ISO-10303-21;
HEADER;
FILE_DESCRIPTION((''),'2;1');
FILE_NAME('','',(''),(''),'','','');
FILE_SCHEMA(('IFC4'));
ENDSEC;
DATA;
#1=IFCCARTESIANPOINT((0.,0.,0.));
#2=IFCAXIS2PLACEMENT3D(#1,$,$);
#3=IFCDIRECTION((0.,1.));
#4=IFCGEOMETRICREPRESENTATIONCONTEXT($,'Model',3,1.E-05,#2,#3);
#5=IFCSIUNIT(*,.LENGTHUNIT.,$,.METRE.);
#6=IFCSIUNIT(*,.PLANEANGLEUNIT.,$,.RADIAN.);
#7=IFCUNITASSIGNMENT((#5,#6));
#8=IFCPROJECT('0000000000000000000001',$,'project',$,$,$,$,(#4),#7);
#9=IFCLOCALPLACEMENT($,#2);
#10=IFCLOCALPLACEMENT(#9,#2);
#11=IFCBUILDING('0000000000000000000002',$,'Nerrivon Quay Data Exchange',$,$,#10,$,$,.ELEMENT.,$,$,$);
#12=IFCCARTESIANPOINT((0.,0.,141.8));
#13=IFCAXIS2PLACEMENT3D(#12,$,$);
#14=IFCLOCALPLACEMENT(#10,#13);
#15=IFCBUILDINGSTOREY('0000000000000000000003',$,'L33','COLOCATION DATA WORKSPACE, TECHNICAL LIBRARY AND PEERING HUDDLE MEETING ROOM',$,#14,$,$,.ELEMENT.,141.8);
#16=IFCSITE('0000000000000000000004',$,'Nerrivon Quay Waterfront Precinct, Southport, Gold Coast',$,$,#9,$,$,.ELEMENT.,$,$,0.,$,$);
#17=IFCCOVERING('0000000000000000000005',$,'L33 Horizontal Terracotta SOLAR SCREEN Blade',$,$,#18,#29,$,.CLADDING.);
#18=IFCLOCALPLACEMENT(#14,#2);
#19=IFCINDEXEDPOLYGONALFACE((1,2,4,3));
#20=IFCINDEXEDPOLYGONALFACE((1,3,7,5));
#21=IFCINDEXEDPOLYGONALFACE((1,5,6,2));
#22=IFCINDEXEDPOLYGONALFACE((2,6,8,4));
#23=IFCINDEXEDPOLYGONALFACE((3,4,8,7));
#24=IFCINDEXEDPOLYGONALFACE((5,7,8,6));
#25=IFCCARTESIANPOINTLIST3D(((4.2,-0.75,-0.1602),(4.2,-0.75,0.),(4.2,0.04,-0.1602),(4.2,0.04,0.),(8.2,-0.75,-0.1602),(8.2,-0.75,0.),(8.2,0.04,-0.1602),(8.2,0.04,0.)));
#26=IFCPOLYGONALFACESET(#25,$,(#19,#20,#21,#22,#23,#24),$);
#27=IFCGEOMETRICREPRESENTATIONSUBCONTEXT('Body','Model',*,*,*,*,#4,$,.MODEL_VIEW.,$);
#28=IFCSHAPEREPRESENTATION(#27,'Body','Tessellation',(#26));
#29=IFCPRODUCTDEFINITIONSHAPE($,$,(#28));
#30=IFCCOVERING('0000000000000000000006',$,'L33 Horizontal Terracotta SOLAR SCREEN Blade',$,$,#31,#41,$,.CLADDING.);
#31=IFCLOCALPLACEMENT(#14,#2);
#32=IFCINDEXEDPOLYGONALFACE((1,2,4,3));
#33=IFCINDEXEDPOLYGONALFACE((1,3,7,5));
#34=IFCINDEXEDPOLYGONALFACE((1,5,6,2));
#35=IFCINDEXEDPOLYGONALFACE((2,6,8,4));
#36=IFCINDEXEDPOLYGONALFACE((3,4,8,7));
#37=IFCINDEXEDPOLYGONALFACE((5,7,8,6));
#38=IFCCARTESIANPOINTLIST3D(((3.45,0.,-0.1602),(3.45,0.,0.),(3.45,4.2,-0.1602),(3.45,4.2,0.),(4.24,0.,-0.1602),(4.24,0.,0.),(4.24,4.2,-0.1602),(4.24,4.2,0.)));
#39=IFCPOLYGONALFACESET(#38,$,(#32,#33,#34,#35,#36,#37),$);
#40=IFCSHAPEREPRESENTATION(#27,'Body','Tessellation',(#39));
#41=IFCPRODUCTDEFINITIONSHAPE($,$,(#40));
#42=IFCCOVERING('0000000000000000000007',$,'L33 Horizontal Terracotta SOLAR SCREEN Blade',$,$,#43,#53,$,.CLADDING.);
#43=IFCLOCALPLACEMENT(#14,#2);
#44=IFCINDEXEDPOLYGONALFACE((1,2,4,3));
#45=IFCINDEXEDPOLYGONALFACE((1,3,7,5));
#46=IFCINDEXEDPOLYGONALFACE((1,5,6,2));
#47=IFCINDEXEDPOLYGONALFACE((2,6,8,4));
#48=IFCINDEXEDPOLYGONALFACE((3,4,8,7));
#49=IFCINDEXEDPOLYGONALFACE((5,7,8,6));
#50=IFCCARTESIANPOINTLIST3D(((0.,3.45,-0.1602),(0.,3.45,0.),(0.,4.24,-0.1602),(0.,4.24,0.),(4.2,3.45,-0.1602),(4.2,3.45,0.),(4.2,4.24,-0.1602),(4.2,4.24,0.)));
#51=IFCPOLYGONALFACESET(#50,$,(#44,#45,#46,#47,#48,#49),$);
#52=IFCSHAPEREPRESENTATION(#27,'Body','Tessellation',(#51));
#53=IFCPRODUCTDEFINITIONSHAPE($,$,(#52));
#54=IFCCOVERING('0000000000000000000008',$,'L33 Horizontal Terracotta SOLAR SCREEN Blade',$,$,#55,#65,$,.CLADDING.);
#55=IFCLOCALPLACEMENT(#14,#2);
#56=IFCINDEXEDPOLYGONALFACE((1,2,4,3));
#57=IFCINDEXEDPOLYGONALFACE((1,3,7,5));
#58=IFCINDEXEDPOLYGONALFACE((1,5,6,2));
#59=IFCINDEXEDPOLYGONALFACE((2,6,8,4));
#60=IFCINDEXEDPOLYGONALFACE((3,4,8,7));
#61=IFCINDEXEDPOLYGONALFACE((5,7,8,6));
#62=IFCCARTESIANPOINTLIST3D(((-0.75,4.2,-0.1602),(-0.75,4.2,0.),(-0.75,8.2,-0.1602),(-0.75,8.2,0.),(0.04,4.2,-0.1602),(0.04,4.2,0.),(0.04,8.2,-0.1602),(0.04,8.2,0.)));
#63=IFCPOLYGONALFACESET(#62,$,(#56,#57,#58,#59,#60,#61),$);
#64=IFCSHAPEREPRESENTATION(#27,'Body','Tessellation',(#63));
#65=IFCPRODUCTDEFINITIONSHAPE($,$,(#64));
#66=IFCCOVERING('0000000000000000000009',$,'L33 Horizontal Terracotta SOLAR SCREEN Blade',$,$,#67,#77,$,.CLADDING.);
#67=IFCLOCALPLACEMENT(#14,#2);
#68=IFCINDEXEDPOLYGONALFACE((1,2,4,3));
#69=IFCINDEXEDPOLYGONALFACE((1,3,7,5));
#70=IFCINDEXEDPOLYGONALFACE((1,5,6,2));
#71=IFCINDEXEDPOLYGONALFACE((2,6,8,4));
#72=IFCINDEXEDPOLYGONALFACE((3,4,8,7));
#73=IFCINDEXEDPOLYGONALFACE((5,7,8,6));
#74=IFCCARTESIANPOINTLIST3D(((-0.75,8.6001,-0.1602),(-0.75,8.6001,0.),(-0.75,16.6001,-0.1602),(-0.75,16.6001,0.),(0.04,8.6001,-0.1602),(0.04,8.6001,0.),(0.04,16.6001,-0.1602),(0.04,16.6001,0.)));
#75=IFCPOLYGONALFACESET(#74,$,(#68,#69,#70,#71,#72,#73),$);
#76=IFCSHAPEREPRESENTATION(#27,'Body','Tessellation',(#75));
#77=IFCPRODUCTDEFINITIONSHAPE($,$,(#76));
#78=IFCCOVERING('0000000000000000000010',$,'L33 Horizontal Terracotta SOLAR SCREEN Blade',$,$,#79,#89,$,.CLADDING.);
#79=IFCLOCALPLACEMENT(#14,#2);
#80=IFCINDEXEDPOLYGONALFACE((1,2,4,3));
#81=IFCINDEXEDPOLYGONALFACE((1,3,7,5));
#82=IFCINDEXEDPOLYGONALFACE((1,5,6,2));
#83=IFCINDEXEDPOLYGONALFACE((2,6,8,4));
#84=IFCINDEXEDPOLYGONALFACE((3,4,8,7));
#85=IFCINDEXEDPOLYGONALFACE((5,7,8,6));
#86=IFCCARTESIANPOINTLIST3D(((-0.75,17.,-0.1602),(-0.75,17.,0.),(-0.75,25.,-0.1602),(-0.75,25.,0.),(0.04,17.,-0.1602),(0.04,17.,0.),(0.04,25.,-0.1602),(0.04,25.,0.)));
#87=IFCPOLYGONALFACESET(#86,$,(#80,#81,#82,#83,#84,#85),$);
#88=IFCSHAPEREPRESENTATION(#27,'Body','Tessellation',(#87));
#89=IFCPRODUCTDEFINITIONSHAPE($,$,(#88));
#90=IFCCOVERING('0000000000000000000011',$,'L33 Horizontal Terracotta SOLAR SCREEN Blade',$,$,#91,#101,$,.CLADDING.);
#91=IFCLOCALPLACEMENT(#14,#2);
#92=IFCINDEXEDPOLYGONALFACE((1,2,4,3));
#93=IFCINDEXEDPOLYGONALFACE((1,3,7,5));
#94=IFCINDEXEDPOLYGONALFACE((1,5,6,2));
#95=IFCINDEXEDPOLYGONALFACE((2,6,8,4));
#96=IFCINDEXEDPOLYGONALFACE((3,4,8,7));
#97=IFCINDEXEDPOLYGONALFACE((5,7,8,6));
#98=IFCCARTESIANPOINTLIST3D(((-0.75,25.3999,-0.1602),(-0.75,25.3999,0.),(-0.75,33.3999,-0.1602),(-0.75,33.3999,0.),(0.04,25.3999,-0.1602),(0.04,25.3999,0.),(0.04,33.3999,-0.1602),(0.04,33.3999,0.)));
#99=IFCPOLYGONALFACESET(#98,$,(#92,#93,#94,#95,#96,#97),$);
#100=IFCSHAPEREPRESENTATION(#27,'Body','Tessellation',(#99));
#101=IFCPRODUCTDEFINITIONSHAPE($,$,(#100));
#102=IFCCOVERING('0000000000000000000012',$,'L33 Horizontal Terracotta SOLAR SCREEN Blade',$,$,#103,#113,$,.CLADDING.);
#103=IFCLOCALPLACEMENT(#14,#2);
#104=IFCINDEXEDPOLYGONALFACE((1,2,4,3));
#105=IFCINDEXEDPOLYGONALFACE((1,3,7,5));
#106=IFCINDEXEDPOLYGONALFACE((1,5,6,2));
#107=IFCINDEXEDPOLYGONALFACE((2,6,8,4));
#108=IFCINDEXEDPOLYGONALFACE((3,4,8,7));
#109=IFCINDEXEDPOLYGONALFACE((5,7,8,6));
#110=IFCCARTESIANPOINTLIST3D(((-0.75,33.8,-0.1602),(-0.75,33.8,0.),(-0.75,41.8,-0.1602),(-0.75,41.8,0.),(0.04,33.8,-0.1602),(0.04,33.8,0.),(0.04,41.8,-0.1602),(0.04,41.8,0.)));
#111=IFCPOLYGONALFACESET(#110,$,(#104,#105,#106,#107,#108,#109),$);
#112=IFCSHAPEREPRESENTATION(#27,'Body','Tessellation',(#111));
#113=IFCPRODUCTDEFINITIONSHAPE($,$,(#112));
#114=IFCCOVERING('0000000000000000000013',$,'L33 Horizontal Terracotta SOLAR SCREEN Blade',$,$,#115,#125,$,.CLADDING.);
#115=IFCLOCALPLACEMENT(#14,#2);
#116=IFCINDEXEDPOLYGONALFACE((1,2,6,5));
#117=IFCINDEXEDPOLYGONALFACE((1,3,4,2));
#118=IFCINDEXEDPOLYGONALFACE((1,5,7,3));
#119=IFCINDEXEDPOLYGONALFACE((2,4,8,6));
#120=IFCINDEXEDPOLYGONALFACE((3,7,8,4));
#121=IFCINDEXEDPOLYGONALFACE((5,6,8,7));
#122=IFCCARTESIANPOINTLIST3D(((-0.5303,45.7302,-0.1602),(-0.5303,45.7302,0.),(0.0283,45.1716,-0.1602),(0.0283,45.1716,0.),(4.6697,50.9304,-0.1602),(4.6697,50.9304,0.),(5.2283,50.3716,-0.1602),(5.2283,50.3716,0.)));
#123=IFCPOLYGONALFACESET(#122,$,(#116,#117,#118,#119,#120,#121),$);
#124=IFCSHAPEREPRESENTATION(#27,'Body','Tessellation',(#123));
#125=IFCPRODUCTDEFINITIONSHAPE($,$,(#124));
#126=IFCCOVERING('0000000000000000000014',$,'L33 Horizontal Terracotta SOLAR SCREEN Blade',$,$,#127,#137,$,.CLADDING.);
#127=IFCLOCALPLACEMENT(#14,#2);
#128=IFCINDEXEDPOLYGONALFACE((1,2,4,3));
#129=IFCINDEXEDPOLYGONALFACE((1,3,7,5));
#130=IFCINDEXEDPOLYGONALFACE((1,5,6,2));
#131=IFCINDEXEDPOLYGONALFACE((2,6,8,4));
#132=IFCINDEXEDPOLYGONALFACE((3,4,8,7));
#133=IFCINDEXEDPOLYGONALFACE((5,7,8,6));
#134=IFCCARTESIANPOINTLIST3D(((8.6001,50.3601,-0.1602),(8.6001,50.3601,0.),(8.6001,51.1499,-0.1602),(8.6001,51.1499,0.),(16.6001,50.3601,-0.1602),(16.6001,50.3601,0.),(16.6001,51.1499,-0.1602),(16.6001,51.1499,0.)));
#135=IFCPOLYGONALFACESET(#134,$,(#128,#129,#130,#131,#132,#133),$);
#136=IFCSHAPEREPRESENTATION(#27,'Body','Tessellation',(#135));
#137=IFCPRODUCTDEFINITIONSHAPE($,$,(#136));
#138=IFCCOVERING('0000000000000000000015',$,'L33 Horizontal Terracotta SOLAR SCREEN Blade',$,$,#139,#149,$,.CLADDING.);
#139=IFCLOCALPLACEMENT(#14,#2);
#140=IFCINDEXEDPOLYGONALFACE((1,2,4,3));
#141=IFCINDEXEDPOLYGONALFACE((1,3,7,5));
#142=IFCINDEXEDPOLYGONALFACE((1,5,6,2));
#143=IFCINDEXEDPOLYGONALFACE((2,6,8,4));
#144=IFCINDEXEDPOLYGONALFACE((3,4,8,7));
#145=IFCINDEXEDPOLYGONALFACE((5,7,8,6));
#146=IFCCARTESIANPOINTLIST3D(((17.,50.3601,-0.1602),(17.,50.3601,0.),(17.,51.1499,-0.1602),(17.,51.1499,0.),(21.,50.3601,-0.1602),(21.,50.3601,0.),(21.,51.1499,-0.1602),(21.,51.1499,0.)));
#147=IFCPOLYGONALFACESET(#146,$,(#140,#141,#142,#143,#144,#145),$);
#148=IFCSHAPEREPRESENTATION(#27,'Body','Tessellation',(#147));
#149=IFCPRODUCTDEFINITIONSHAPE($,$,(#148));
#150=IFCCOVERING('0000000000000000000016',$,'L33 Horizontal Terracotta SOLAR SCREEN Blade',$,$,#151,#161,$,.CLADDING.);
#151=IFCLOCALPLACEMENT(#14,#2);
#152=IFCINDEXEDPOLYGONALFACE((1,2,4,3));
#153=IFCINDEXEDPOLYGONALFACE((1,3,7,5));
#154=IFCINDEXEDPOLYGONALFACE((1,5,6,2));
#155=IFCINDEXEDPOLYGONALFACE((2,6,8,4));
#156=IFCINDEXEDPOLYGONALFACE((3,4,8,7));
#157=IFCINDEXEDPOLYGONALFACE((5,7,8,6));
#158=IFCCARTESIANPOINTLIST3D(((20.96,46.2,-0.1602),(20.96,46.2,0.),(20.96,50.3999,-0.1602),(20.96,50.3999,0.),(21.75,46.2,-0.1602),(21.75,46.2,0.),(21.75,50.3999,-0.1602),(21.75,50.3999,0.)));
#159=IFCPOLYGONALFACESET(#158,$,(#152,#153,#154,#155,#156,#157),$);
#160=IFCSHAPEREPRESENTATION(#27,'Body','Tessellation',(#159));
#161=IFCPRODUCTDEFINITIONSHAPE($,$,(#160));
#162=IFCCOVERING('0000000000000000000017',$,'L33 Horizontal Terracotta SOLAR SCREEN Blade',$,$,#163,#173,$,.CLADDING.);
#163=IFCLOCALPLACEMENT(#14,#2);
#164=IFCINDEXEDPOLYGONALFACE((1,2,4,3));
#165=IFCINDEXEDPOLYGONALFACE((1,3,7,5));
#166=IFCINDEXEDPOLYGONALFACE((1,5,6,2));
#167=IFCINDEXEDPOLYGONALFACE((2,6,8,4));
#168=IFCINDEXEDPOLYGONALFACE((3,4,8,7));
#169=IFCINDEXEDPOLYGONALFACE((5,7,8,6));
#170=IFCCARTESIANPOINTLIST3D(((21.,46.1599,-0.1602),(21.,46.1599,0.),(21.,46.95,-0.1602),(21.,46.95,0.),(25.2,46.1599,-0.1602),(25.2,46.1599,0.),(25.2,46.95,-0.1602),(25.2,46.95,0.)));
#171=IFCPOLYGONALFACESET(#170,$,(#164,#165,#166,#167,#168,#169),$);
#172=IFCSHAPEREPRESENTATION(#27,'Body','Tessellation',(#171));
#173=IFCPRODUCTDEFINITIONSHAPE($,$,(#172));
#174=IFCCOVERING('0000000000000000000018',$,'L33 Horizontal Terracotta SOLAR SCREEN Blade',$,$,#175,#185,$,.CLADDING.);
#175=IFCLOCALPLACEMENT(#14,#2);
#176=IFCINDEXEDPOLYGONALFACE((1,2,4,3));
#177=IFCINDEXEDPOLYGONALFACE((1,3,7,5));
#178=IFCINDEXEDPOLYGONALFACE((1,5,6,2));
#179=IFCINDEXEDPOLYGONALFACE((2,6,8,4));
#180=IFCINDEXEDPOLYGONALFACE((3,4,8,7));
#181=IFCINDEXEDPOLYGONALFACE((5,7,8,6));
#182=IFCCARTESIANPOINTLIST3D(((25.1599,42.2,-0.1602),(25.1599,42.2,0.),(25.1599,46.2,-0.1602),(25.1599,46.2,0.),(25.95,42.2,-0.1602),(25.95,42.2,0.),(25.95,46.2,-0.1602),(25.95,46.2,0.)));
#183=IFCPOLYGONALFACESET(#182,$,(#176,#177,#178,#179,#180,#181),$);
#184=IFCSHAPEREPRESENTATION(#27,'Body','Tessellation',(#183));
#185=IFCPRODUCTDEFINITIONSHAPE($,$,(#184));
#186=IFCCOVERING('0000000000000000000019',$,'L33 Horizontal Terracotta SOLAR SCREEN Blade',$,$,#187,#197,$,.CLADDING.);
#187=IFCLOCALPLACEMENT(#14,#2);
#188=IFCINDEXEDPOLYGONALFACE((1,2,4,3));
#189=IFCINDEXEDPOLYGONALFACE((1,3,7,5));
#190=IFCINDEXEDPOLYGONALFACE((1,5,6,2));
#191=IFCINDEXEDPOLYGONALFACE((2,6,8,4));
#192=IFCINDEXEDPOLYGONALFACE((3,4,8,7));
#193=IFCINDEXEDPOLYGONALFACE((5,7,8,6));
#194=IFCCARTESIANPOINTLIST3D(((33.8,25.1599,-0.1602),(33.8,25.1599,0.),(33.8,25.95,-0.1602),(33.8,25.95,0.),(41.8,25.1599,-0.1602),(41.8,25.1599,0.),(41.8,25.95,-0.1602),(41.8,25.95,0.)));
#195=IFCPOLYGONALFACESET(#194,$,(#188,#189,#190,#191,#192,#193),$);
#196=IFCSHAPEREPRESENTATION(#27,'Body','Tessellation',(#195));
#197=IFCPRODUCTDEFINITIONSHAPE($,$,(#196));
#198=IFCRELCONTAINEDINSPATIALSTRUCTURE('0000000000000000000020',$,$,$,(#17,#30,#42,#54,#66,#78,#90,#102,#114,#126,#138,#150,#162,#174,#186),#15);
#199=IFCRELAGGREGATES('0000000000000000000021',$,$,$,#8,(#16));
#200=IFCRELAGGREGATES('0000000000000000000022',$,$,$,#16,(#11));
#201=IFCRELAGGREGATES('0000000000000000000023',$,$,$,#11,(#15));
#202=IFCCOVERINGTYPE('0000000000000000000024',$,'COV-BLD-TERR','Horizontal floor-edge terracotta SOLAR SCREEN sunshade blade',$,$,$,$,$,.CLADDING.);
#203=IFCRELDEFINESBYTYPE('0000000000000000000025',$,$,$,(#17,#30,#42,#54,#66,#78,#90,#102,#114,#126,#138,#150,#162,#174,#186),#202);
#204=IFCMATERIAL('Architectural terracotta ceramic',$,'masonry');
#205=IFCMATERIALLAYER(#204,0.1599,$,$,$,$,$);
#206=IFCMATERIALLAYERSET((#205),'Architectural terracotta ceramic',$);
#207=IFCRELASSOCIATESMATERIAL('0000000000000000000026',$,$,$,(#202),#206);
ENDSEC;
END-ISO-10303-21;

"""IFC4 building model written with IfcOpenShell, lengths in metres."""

from ifc_helpers import new_model, si_unit, direction, frame, origin, place, context, subcontext, project, spatial, polyline, outline, extrude, material, layer, layer_set, type_object, element, save


model = new_model("IFC4")

# Units and contexts
model_context = context("Model", 3, precision=1e-05, world=origin(), true_north=direction((0.0, 1.0)))
body_context = subcontext(model_context, "Body", "Model", "MODEL_VIEW")
ifc_project = project(units=[si_unit("LENGTHUNIT", "METRE"), si_unit("PLANEANGLEUNIT", "RADIAN")], contexts=[model_context])

# Site, building, storey
site_placement = place(None, origin())
site = spatial("IfcSite", under=ifc_project, at=site_placement, Name="Nerrivon Quay Waterfront Precinct, Southport, Gold Coast", CompositionType="ELEMENT", RefElevation=0.0)
building_placement = place(site_placement, origin())
building = spatial("IfcBuilding", under=site, at=building_placement, Name="Nerrivon Quay Data Exchange", CompositionType="ELEMENT")
storey_placement = place(building_placement, frame((0.0, 0.0, 141.8)))
storey = spatial("IfcBuildingStorey", under=building, at=storey_placement, Name="L33", Description="COLOCATION DATA WORKSPACE, TECHNICAL LIBRARY AND PEERING HUDDLE MEETING ROOM", CompositionType="ELEMENT", Elevation=141.8)

# Coverings
ifc_material_1 = material(Name="Architectural terracotta ceramic", Category="masonry")
ifc_layer_1 = layer(ifc_material_1, 0.1599)
ifc_layer_set_1 = layer_set([ifc_layer_1], Name="Architectural terracotta ceramic")
covering_type = type_object("IfcCoveringType", Name="COV-BLD-TERR", Description="Horizontal floor-edge terracotta SOLAR SCREEN sunshade blade", PredefinedType="CLADDING", material=ifc_layer_set_1)
covering_1_placement = place(storey_placement, frame((0.0, 0.0, -0.1602)))
element("IfcCovering", 1, at=covering_1_placement, inside=storey, type_object=covering_type, Name="L33 Horizontal Terracotta SOLAR SCREEN Blade", PredefinedType="CLADDING", context=body_context, shape_type="SweptSolid", body=[
    extrude(outline(polyline([(8.2, 0.04), (4.2, 0.04), (4.2, -0.75), (8.2, -0.75), (8.2, 0.04)])), origin(), (0.0, 0.0, 1.0), 0.1602),
])
covering_2_placement = place(storey_placement, frame((0.0, 0.0, -0.1602)))
element("IfcCovering", 2, at=covering_2_placement, inside=storey, type_object=covering_type, Name="L33 Horizontal Terracotta SOLAR SCREEN Blade", PredefinedType="CLADDING", context=body_context, shape_type="SweptSolid", body=[
    extrude(outline(polyline([(4.24, 0.0), (4.24, 4.2), (3.45, 4.2), (3.45, 0.0), (4.24, 0.0)])), origin(), (0.0, 0.0, 1.0), 0.1602),
])
covering_3_placement = place(storey_placement, frame((0.0, 0.0, -0.1602)))
element("IfcCovering", 3, at=covering_3_placement, inside=storey, type_object=covering_type, Name="L33 Horizontal Terracotta SOLAR SCREEN Blade", PredefinedType="CLADDING", context=body_context, shape_type="SweptSolid", body=[
    extrude(outline(polyline([(4.2, 4.24), (0.0, 4.24), (0.0, 3.45), (4.2, 3.45), (4.2, 4.24)])), origin(), (0.0, 0.0, 1.0), 0.1602),
])
covering_4_placement = place(storey_placement, frame((0.0, 0.0, -0.1602)))
element("IfcCovering", 4, at=covering_4_placement, inside=storey, type_object=covering_type, Name="L33 Horizontal Terracotta SOLAR SCREEN Blade", PredefinedType="CLADDING", context=body_context, shape_type="SweptSolid", body=[
    extrude(outline(polyline([(0.04, 4.2), (0.04, 8.2), (-0.75, 8.2), (-0.75, 4.2), (0.04, 4.2)])), origin(), (0.0, 0.0, 1.0), 0.1602),
])
covering_5_placement = place(storey_placement, frame((0.0, 0.0, -0.1602)))
element("IfcCovering", 5, at=covering_5_placement, inside=storey, type_object=covering_type, Name="L33 Horizontal Terracotta SOLAR SCREEN Blade", PredefinedType="CLADDING", context=body_context, shape_type="SweptSolid", body=[
    extrude(outline(polyline([(0.04, 8.6001), (0.04, 16.6001), (-0.75, 16.6001), (-0.75, 8.6001), (0.04, 8.6001)])), origin(), (0.0, 0.0, 1.0), 0.1602),
])
covering_6_placement = place(storey_placement, frame((0.0, 0.0, -0.1602)))
element("IfcCovering", 6, at=covering_6_placement, inside=storey, type_object=covering_type, Name="L33 Horizontal Terracotta SOLAR SCREEN Blade", PredefinedType="CLADDING", context=body_context, shape_type="SweptSolid", body=[
    extrude(outline(polyline([(0.04, 17.0), (0.04, 25.0), (-0.75, 25.0), (-0.75, 17.0), (0.04, 17.0)])), origin(), (0.0, 0.0, 1.0), 0.1602),
])
covering_7_placement = place(storey_placement, frame((0.0, 0.0, -0.1602)))
element("IfcCovering", 7, at=covering_7_placement, inside=storey, type_object=covering_type, Name="L33 Horizontal Terracotta SOLAR SCREEN Blade", PredefinedType="CLADDING", context=body_context, shape_type="SweptSolid", body=[
    extrude(outline(polyline([(0.04, 25.3999), (0.04, 33.3999), (-0.75, 33.3999), (-0.75, 25.3999), (0.04, 25.3999)])), origin(), (0.0, 0.0, 1.0), 0.1602),
])
covering_8_placement = place(storey_placement, frame((0.0, 0.0, -0.1602)))
element("IfcCovering", 8, at=covering_8_placement, inside=storey, type_object=covering_type, Name="L33 Horizontal Terracotta SOLAR SCREEN Blade", PredefinedType="CLADDING", context=body_context, shape_type="SweptSolid", body=[
    extrude(outline(polyline([(0.04, 33.8), (0.04, 41.8), (-0.75, 41.8), (-0.75, 33.8), (0.04, 33.8)])), origin(), (0.0, 0.0, 1.0), 0.1602),
])
covering_9_placement = place(storey_placement, frame((0.0, 0.0, -0.1602)))
element("IfcCovering", 9, at=covering_9_placement, inside=storey, type_object=covering_type, Name="L33 Horizontal Terracotta SOLAR SCREEN Blade", PredefinedType="CLADDING", context=body_context, shape_type="SweptSolid", body=[
    extrude(outline(polyline([(0.0283, 45.1716), (5.2283, 50.3716), (4.6697, 50.9304), (-0.5303, 45.7302), (0.0283, 45.1716)])), origin(), (0.0, 0.0, 1.0), 0.1602),
])
covering_10_placement = place(storey_placement, frame((0.0, 0.0, -0.1602)))
element("IfcCovering", 10, at=covering_10_placement, inside=storey, type_object=covering_type, Name="L33 Horizontal Terracotta SOLAR SCREEN Blade", PredefinedType="CLADDING", context=body_context, shape_type="SweptSolid", body=[
    extrude(outline(polyline([(8.6001, 50.3601), (16.6001, 50.3601), (16.6001, 51.1499), (8.6001, 51.1499), (8.6001, 50.3601)])), origin(), (0.0, 0.0, 1.0), 0.1602),
])
covering_11_placement = place(storey_placement, frame((0.0, 0.0, -0.1602)))
element("IfcCovering", 11, at=covering_11_placement, inside=storey, type_object=covering_type, Name="L33 Horizontal Terracotta SOLAR SCREEN Blade", PredefinedType="CLADDING", context=body_context, shape_type="SweptSolid", body=[
    extrude(outline(polyline([(17.0, 50.3601), (21.0, 50.3601), (21.0, 51.1499), (17.0, 51.1499), (17.0, 50.3601)])), origin(), (0.0, 0.0, 1.0), 0.1602),
])
covering_12_placement = place(storey_placement, frame((0.0, 0.0, -0.1602)))
element("IfcCovering", 12, at=covering_12_placement, inside=storey, type_object=covering_type, Name="L33 Horizontal Terracotta SOLAR SCREEN Blade", PredefinedType="CLADDING", context=body_context, shape_type="SweptSolid", body=[
    extrude(outline(polyline([(20.96, 50.3999), (20.96, 46.2), (21.75, 46.2), (21.75, 50.3999), (20.96, 50.3999)])), origin(), (0.0, 0.0, 1.0), 0.1602),
])
covering_13_placement = place(storey_placement, frame((0.0, 0.0, -0.1602)))
element("IfcCovering", 13, at=covering_13_placement, inside=storey, type_object=covering_type, Name="L33 Horizontal Terracotta SOLAR SCREEN Blade", PredefinedType="CLADDING", context=body_context, shape_type="SweptSolid", body=[
    extrude(outline(polyline([(21.0, 46.1599), (25.2, 46.1599), (25.2, 46.95), (21.0, 46.95), (21.0, 46.1599)])), origin(), (0.0, 0.0, 1.0), 0.1602),
])
covering_14_placement = place(storey_placement, frame((0.0, 0.0, -0.1602)))
element("IfcCovering", 14, at=covering_14_placement, inside=storey, type_object=covering_type, Name="L33 Horizontal Terracotta SOLAR SCREEN Blade", PredefinedType="CLADDING", context=body_context, shape_type="SweptSolid", body=[
    extrude(outline(polyline([(25.1599, 46.2), (25.1599, 42.2), (25.95, 42.2), (25.95, 46.2), (25.1599, 46.2)])), origin(), (0.0, 0.0, 1.0), 0.1602),
])
covering_15_placement = place(storey_placement, frame((0.0, 0.0, -0.1602)))
element("IfcCovering", 15, at=covering_15_placement, inside=storey, type_object=covering_type, Name="L33 Horizontal Terracotta SOLAR SCREEN Blade", PredefinedType="CLADDING", context=body_context, shape_type="SweptSolid", body=[
    extrude(outline(polyline([(33.8, 25.1599), (41.8, 25.1599), (41.8, 25.95), (33.8, 25.95), (33.8, 25.1599)])), origin(), (0.0, 0.0, 1.0), 0.1602),
])

save(model, "model.ifc")
